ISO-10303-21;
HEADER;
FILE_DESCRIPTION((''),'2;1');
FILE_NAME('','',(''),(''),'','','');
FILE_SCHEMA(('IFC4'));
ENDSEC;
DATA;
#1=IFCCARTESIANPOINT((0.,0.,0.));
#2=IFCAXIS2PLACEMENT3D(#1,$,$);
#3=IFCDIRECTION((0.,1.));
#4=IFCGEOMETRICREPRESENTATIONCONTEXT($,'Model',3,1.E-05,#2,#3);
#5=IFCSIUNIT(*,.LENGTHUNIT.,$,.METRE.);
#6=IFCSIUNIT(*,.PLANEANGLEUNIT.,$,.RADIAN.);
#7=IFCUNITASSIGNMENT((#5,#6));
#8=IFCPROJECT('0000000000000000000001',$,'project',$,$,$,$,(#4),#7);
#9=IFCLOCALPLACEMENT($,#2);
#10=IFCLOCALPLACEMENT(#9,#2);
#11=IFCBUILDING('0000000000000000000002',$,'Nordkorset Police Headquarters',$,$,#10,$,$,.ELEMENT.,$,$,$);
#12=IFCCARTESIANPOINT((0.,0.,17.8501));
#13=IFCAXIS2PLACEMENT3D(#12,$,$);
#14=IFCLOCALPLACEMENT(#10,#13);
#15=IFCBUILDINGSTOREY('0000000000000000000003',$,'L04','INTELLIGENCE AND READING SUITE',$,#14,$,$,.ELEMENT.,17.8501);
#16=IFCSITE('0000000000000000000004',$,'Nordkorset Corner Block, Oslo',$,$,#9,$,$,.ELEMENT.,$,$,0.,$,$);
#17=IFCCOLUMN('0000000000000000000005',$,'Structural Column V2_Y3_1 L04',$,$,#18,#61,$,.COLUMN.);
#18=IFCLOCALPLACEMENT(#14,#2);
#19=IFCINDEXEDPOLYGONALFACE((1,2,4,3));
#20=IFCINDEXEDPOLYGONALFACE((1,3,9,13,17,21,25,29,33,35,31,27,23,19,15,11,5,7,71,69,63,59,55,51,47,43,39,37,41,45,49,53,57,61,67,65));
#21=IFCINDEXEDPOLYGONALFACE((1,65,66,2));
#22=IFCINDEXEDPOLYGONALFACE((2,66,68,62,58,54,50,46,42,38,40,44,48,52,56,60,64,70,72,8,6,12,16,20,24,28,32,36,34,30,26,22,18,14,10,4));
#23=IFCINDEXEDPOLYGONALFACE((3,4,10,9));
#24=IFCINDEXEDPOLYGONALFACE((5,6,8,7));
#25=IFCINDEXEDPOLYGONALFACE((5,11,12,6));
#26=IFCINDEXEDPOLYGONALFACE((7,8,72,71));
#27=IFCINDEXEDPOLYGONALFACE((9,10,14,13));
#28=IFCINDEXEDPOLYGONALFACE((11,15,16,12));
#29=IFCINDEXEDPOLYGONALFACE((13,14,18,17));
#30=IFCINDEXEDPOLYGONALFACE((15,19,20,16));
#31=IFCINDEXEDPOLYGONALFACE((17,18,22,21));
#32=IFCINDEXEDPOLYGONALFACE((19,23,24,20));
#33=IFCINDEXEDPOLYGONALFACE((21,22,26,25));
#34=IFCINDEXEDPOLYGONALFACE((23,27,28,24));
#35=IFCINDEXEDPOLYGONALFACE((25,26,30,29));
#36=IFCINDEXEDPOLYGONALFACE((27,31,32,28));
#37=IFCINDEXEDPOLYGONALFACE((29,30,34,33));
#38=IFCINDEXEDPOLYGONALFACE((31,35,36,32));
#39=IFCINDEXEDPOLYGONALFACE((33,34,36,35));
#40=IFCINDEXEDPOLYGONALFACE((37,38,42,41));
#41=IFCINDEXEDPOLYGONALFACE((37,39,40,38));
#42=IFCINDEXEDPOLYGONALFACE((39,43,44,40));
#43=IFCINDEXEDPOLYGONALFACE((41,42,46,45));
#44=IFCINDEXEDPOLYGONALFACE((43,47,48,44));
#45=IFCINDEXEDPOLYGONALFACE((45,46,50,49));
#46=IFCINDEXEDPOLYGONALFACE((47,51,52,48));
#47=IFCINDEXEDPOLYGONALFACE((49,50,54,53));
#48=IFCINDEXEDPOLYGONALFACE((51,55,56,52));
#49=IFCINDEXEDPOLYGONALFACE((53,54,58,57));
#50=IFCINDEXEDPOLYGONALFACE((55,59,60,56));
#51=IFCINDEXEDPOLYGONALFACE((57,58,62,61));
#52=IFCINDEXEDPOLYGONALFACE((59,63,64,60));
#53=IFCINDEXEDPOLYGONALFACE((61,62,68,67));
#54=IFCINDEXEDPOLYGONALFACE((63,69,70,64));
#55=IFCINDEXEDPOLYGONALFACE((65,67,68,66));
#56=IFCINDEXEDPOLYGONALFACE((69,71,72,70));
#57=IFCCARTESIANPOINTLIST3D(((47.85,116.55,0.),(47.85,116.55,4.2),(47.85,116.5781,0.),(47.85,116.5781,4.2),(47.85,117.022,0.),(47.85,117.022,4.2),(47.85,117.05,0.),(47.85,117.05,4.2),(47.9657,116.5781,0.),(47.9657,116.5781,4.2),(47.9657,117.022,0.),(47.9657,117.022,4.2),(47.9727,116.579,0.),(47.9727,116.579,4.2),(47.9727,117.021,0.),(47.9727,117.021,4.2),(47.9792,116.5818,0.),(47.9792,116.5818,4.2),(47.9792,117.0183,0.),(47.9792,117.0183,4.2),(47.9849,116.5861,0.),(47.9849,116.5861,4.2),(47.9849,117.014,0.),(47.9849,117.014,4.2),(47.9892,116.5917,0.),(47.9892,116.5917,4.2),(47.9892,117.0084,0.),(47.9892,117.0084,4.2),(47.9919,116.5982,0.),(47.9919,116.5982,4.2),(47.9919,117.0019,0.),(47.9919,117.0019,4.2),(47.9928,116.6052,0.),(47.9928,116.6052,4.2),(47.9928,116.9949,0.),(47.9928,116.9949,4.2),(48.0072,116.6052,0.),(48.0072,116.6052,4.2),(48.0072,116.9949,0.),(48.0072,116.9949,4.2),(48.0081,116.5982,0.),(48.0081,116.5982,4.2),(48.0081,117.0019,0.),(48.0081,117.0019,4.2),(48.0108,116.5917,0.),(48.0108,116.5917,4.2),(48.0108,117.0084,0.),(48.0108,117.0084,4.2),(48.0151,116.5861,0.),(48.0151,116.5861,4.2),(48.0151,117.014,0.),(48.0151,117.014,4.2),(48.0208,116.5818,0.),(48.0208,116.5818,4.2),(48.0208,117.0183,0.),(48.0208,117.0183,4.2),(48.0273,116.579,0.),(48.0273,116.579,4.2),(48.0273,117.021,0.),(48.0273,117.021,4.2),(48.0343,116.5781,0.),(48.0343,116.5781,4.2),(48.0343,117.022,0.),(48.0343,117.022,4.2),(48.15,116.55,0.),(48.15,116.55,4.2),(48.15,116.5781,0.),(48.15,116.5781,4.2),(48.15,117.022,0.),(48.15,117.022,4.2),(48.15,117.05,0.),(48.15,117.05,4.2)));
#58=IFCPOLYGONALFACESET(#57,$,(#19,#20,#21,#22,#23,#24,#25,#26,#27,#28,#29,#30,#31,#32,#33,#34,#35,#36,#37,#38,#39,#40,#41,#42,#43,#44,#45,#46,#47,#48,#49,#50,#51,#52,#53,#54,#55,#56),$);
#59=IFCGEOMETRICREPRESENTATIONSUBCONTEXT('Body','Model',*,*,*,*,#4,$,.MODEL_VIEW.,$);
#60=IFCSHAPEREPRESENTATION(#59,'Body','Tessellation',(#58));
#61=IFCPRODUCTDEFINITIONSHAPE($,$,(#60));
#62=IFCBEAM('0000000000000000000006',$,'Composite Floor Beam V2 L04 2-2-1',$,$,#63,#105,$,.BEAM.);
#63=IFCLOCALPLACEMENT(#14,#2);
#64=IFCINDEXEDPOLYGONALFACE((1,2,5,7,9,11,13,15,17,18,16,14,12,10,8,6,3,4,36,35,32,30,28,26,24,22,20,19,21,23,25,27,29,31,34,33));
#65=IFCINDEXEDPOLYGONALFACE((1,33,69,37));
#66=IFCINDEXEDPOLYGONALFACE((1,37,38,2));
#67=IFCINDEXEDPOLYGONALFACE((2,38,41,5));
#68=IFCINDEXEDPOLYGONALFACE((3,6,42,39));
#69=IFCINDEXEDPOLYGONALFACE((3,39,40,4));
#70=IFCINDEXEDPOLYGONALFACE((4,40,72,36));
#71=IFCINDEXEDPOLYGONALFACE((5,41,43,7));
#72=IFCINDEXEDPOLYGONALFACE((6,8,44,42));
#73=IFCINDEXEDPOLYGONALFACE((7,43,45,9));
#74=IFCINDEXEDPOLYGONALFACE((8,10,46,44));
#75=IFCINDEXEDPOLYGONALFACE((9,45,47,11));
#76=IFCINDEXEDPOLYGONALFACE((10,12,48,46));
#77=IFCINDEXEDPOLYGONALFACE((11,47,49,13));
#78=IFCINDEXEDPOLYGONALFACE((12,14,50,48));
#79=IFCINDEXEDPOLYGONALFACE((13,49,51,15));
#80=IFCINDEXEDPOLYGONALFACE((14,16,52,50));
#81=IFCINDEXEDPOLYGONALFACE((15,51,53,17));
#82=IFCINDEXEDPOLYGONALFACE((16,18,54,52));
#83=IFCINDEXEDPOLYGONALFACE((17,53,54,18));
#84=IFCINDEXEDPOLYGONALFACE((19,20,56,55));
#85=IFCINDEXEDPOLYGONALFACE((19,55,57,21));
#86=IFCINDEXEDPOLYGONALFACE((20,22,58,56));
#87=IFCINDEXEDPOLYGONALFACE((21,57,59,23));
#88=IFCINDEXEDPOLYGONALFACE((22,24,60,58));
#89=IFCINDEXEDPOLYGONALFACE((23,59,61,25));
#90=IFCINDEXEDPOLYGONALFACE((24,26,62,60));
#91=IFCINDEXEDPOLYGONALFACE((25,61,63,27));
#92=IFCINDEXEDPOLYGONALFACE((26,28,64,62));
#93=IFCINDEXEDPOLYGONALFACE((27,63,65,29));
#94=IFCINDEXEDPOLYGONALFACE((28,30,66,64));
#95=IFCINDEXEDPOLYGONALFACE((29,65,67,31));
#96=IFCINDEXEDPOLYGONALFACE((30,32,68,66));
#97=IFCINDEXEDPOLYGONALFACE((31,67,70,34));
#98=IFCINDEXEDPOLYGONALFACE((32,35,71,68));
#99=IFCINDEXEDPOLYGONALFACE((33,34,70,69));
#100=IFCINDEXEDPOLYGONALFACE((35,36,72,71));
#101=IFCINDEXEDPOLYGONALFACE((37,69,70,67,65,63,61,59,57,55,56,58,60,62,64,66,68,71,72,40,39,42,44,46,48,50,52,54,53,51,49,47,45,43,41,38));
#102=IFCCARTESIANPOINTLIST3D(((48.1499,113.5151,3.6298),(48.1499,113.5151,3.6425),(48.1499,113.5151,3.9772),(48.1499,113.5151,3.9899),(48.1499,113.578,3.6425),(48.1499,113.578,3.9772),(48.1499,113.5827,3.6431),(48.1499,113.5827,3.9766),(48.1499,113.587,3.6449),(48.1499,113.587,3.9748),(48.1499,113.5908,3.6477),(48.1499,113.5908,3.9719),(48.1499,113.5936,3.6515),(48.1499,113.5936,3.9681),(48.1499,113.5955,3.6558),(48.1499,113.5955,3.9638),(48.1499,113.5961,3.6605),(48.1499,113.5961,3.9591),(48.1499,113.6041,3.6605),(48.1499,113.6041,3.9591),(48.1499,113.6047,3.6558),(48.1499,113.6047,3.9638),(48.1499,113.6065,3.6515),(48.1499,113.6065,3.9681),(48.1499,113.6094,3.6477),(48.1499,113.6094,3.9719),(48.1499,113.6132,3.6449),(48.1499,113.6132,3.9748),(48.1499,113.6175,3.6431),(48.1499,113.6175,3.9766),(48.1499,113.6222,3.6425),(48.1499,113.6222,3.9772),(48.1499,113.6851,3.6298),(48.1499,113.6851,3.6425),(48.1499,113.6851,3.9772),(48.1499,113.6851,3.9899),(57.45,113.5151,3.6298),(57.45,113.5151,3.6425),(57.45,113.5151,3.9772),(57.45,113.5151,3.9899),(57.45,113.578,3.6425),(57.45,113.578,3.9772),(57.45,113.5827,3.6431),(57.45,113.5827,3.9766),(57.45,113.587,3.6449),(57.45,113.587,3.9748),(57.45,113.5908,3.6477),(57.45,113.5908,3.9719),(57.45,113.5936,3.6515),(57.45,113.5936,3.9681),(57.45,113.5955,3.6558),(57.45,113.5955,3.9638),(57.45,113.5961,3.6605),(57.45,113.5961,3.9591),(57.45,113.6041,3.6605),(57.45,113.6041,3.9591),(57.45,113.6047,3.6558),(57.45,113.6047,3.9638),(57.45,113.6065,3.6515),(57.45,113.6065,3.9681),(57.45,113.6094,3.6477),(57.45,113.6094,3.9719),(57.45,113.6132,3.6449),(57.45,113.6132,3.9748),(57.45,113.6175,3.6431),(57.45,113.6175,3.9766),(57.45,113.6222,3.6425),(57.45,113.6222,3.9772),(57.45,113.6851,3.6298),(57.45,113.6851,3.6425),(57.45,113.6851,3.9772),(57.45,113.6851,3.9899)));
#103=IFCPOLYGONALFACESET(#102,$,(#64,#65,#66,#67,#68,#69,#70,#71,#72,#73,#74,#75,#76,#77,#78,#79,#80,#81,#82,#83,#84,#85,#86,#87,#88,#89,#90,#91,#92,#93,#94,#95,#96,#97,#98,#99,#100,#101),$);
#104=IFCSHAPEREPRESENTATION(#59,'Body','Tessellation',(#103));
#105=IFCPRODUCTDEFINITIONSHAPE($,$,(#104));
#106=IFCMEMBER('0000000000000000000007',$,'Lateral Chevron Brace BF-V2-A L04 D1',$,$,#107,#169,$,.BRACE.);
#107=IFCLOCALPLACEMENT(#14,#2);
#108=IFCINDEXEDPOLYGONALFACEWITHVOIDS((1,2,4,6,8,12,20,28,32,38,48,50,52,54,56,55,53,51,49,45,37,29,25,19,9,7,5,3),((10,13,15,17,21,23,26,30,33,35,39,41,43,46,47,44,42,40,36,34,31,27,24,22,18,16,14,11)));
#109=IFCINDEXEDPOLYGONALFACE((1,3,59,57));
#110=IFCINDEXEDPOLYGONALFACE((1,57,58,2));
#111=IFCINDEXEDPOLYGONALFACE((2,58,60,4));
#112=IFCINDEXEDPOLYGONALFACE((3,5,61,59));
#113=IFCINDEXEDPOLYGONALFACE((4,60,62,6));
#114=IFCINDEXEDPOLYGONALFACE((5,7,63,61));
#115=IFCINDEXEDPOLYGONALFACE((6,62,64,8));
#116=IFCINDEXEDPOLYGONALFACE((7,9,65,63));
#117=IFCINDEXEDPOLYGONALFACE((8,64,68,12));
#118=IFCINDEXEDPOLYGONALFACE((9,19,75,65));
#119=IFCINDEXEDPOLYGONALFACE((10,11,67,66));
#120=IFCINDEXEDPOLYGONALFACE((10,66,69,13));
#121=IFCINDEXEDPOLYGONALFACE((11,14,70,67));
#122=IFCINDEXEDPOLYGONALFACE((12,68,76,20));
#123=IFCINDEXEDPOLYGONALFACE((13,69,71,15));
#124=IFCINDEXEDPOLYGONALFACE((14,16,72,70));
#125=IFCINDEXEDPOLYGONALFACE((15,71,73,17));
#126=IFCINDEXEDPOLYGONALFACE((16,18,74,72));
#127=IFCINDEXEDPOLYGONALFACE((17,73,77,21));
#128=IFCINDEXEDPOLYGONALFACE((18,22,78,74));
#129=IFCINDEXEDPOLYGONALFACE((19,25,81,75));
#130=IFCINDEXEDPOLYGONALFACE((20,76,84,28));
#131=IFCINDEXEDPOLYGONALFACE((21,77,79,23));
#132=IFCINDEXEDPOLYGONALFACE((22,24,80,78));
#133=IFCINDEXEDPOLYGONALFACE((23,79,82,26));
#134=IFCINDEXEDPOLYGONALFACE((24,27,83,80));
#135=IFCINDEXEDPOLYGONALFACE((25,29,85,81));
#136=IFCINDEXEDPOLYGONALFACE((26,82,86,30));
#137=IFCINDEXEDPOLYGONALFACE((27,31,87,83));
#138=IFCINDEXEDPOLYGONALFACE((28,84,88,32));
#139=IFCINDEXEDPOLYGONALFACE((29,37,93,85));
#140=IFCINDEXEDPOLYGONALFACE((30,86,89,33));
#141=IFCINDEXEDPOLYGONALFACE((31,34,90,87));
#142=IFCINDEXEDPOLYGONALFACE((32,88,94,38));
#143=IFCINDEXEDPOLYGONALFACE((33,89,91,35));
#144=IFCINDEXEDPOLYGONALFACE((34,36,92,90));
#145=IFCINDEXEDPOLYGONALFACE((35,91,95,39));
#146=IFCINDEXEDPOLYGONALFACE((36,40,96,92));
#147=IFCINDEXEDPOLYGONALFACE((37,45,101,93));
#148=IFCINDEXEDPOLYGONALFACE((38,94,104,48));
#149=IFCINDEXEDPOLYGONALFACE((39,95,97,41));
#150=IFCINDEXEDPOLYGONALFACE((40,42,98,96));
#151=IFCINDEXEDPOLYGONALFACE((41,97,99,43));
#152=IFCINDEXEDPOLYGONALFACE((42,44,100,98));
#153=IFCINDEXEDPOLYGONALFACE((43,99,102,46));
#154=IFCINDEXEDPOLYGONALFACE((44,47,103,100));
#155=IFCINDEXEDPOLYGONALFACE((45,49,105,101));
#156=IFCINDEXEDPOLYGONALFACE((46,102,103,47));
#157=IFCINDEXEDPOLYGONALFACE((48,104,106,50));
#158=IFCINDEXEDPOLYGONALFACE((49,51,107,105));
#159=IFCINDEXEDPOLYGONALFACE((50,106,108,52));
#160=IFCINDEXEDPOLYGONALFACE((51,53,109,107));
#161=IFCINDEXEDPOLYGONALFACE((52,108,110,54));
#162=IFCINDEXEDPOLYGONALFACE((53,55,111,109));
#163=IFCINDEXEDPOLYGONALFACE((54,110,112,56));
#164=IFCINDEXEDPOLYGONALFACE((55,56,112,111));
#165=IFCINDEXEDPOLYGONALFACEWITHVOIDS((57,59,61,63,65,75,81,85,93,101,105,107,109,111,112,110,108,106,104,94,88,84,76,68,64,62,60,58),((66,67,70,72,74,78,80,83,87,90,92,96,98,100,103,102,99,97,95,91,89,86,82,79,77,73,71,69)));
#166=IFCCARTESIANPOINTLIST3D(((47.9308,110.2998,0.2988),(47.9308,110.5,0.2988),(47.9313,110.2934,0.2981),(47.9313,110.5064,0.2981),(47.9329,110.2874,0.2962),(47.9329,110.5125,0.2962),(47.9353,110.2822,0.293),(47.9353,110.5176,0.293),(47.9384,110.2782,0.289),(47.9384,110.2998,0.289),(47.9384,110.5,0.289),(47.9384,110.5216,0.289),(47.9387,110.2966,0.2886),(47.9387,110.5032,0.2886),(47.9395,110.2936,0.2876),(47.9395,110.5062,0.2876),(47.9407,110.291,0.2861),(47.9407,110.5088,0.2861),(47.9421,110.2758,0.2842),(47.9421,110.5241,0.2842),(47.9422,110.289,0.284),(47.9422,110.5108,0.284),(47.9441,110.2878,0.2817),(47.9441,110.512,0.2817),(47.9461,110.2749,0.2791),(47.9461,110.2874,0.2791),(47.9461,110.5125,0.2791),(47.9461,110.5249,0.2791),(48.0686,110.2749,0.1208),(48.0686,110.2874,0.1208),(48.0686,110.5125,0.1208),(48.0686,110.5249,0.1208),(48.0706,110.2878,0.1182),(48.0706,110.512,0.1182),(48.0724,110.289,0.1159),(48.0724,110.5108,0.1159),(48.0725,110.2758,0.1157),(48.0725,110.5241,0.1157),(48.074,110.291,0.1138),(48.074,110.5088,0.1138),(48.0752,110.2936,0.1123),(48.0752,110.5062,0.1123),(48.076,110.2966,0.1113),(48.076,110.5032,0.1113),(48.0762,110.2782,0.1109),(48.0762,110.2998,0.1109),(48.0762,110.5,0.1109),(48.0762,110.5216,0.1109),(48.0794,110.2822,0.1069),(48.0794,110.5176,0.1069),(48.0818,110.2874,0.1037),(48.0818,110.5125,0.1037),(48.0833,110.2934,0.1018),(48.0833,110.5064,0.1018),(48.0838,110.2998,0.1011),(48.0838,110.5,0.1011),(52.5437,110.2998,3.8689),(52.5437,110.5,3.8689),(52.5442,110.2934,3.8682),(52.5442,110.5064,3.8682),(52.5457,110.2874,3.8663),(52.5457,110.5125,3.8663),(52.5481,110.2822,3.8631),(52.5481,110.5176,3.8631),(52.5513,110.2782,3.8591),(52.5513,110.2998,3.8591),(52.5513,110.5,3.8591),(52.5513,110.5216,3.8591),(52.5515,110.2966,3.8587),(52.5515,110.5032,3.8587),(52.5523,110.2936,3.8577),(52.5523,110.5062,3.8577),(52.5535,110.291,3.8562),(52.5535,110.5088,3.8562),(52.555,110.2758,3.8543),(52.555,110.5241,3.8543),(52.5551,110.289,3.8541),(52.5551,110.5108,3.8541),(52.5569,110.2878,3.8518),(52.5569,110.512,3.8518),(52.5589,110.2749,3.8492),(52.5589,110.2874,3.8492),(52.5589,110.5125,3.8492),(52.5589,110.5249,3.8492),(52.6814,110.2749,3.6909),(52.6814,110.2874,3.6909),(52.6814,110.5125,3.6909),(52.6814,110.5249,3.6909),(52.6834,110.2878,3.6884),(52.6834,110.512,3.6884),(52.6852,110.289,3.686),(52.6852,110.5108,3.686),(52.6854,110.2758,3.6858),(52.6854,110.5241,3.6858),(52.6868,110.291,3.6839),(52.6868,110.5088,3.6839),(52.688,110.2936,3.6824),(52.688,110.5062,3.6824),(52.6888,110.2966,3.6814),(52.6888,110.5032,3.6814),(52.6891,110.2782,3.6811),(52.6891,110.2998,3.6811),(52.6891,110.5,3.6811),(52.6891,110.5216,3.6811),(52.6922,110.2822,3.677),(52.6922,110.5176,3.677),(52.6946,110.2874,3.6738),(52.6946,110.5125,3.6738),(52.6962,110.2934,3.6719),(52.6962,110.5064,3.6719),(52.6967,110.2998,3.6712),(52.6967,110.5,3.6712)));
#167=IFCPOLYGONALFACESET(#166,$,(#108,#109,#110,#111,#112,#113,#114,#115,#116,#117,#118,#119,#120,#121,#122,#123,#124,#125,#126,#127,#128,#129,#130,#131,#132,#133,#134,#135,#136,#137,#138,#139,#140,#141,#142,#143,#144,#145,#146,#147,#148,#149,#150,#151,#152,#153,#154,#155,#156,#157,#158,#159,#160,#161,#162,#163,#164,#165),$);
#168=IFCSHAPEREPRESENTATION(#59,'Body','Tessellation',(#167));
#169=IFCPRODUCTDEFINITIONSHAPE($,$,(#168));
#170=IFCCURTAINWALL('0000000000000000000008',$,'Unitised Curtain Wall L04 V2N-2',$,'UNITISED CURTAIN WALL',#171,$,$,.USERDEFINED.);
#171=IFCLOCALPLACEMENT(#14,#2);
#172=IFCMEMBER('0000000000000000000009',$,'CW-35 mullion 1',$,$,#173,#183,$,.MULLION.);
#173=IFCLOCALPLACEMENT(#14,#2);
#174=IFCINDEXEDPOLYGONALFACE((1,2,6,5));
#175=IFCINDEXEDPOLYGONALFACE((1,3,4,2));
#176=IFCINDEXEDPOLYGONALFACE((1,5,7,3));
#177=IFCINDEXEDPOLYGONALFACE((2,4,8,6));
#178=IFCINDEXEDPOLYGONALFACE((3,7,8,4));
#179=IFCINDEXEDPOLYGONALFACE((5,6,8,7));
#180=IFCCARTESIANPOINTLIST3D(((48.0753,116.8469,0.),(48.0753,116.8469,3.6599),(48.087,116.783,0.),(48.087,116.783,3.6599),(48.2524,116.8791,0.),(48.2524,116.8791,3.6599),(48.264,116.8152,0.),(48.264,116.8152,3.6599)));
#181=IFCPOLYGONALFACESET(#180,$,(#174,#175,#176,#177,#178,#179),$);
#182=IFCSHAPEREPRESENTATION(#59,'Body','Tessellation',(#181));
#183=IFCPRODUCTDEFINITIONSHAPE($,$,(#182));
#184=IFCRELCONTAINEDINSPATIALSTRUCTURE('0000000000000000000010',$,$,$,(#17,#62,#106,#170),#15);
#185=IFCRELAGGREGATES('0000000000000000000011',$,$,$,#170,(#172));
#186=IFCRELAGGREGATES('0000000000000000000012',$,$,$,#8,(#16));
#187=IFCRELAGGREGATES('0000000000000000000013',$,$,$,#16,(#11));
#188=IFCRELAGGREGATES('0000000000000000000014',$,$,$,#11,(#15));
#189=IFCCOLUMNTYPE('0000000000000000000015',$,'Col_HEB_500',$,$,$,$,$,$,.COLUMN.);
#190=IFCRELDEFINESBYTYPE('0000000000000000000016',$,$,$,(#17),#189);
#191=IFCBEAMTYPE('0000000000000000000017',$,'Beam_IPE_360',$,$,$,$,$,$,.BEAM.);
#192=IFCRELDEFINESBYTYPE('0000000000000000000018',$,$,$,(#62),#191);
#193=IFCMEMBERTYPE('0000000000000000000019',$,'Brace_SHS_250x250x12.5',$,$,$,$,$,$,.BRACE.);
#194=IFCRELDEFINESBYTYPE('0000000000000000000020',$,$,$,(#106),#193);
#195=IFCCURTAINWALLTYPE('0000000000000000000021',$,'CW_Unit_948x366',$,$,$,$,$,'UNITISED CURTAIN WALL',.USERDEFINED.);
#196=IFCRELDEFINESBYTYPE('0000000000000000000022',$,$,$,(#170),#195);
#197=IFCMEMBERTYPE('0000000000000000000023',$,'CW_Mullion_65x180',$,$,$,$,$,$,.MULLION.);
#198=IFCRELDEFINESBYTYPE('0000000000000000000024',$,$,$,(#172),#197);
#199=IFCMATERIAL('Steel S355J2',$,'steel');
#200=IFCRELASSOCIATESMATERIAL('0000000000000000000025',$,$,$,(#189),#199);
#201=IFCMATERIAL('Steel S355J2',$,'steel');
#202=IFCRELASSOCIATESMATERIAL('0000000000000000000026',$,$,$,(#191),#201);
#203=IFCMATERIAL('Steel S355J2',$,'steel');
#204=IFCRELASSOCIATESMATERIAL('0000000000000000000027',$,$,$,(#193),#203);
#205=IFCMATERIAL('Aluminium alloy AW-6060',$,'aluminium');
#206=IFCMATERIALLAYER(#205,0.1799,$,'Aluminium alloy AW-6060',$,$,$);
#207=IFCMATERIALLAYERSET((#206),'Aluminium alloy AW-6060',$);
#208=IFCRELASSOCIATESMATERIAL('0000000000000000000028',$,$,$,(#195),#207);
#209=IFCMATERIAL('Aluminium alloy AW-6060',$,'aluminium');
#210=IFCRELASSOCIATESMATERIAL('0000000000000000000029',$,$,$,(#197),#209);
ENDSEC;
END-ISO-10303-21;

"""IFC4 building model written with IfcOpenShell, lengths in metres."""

from ifc_helpers import new_model, si_unit, direction, frame, origin, origin_2d, place, context, subcontext, project, spatial, rectangle, hollow_rectangle, i_section, extrude, material, layer, layer_set, material_profile, profile_set, type_object, element, aggregate, save


model = new_model("IFC4")

# Units and contexts
model_context = context("Model", 3, precision=1e-05, world=origin(), true_north=direction((0.0, 1.0)))
body_context = subcontext(model_context, "Body", "Model", "MODEL_VIEW")
ifc_project = project(units=[si_unit("LENGTHUNIT", "METRE"), si_unit("PLANEANGLEUNIT", "RADIAN")], contexts=[model_context])

# Site, building, storey
site_placement = place(None, origin())
site = spatial("IfcSite", under=ifc_project, at=site_placement, Name="Nordkorset Corner Block, Oslo", CompositionType="ELEMENT", RefElevation=0.0)
building_placement = place(site_placement, origin())
building = spatial("IfcBuilding", under=site, at=building_placement, Name="Nordkorset Police Headquarters", CompositionType="ELEMENT")
storey_placement = place(building_placement, frame((0.0, 0.0, 17.8501)))
storey = spatial("IfcBuildingStorey", under=building, at=storey_placement, Name="L04", Description="INTELLIGENCE AND READING SUITE", CompositionType="ELEMENT", Elevation=17.8501)

# Column
ifc_material_1 = material(Name="Steel S355J2", Category="steel")
ifc_material_profile_1 = material_profile(ifc_material_1, i_section(OverallWidth=0.3, OverallDepth=0.5, WebThickness=0.0144, FlangeThickness=0.0281, FilletRadius=0.0271, at=origin_2d()), Name="HEB 500")
ifc_profile_set_1 = profile_set([ifc_material_profile_1], Name="Steel S355J2")
column_type = type_object("IfcColumnType", Name="Col_HEB_500", PredefinedType="COLUMN", material=ifc_profile_set_1)
column_placement = place(storey_placement, frame((48.0, 116.8, 0.0), z_axis=(0.0, 0.0, 1.0), x_axis=(1.0, 0.0, 0.0)))
element("IfcColumn", 1, at=column_placement, inside=storey, type_object=column_type, Name="Structural Column V2_Y3_1 L04", PredefinedType="COLUMN", context=body_context, shape_type="SweptSolid", body=[
    extrude(i_section(OverallWidth=0.3, OverallDepth=0.5, WebThickness=0.0144, FlangeThickness=0.0281, FilletRadius=0.0271, at=origin_2d()), origin(), (0.0, 0.0, 1.0), 4.2),
])

# Beam
ifc_material_2 = material(Name="Steel S355J2", Category="steel")
ifc_material_profile_2 = material_profile(ifc_material_2, i_section(OverallWidth=0.1699, OverallDepth=0.3601, WebThickness=0.0081, FlangeThickness=0.0127, FilletRadius=0.0181, at=origin_2d()), Name="IPE 360")
ifc_profile_set_2 = profile_set([ifc_material_profile_2], Name="Steel S355J2")
beam_type_1 = type_object("IfcBeamType", Name="Beam_IPE_360", PredefinedType="BEAM", material=ifc_profile_set_2)
beam_1_placement = place(storey_placement, frame((48.1499, 113.6001, 3.8098), z_axis=(1.0, 0.0, 0.0), x_axis=(0.0, 1.0, 0.0)))
element("IfcBeam", 2, at=beam_1_placement, inside=storey, type_object=beam_type_1, Name="Composite Floor Beam V2 L04 2-2-1", PredefinedType="BEAM", context=body_context, shape_type="SweptSolid", body=[
    extrude(i_section(OverallWidth=0.1699, OverallDepth=0.3601, WebThickness=0.0081, FlangeThickness=0.0127, FilletRadius=0.0181, at=origin_2d()), origin(), (0.0, 0.0, 1.0), 9.3),
])

# Member
ifc_material_3 = material(Name="Steel S355J2", Category="steel")
ifc_material_profile_3 = material_profile(ifc_material_3, hollow_rectangle(XDim=0.25, YDim=0.25, WallThickness=0.0125, InnerFilletRadius=0.0125, OuterFilletRadius=0.0249, at=origin_2d()), Name="SHS 250x250x12.5")
ifc_profile_set_3 = profile_set([ifc_material_profile_3], Name="Steel S355J2")
member_type_1 = type_object("IfcMemberType", Name="Brace_SHS_250x250x12.5", PredefinedType="BRACE", material=ifc_profile_set_3)
member_1_placement = place(storey_placement, frame((48.0073, 110.3999, 0.2), z_axis=(0.790817, 0.0, 0.612052), x_axis=(0.0, 1.0, 0.0)))
element("IfcMember", 3, at=member_1_placement, inside=storey, type_object=member_type_1, Name="Lateral Chevron Brace BF-V2-A L04 D1", PredefinedType="BRACE", context=body_context, shape_type="SweptSolid", body=[
    extrude(hollow_rectangle(XDim=0.25, YDim=0.25, WallThickness=0.0125, InnerFilletRadius=0.0125, OuterFilletRadius=0.0249, at=origin_2d()), origin(), (0.0, 0.0, 1.0), 5.833),
])

# Curtain wall, member
ifc_material_4 = material(Name="Aluminium alloy AW-6060", Category="aluminium")
ifc_layer_1 = layer(ifc_material_4, 0.1799, Name="Aluminium alloy AW-6060")
ifc_layer_set_1 = layer_set([ifc_layer_1], Name="Aluminium alloy AW-6060")
curtain_wall_type = type_object("IfcCurtainWallType", Name="CW_Unit_948x366", ElementType="UNITISED CURTAIN WALL", PredefinedType="USERDEFINED", material=ifc_layer_set_1)
curtain_wall_placement = place(storey_placement, origin())
curtain_wall = element("IfcCurtainWall", 4, at=curtain_wall_placement, inside=storey, type_object=curtain_wall_type, Name="Unitised Curtain Wall L04 V2N-2", ObjectType="UNITISED CURTAIN WALL", PredefinedType="USERDEFINED")
ifc_material_5 = material(Name="Aluminium alloy AW-6060", Category="aluminium")
ifc_material_profile_4 = material_profile(ifc_material_5, rectangle(XDim=0.0649, YDim=0.1799, at=origin_2d()), Name="ALU MULL 65x180")
ifc_profile_set_4 = profile_set([ifc_material_profile_4], Name="Aluminium alloy AW-6060")
member_type_2 = type_object("IfcMemberType", Name="CW_Mullion_65x180", PredefinedType="MULLION", material=ifc_profile_set_4)
member_2_placement = place(storey_placement, frame((48.1697, 116.8311, 0.0), z_axis=(0.0, 0.0, 1.0), x_axis=(-0.179336, 0.983788, 0.0)))
member_2 = element("IfcMember", 5, at=member_2_placement, type_object=member_type_2, Name="CW-35 mullion 1", PredefinedType="MULLION", context=body_context, shape_type="SweptSolid", body=[
    extrude(rectangle(XDim=0.0649, YDim=0.1799, at=origin_2d()), origin(), (0.0, 0.0, 1.0), 3.6599),
])

aggregate(curtain_wall, [member_2])

save(model, "model.ifc")
